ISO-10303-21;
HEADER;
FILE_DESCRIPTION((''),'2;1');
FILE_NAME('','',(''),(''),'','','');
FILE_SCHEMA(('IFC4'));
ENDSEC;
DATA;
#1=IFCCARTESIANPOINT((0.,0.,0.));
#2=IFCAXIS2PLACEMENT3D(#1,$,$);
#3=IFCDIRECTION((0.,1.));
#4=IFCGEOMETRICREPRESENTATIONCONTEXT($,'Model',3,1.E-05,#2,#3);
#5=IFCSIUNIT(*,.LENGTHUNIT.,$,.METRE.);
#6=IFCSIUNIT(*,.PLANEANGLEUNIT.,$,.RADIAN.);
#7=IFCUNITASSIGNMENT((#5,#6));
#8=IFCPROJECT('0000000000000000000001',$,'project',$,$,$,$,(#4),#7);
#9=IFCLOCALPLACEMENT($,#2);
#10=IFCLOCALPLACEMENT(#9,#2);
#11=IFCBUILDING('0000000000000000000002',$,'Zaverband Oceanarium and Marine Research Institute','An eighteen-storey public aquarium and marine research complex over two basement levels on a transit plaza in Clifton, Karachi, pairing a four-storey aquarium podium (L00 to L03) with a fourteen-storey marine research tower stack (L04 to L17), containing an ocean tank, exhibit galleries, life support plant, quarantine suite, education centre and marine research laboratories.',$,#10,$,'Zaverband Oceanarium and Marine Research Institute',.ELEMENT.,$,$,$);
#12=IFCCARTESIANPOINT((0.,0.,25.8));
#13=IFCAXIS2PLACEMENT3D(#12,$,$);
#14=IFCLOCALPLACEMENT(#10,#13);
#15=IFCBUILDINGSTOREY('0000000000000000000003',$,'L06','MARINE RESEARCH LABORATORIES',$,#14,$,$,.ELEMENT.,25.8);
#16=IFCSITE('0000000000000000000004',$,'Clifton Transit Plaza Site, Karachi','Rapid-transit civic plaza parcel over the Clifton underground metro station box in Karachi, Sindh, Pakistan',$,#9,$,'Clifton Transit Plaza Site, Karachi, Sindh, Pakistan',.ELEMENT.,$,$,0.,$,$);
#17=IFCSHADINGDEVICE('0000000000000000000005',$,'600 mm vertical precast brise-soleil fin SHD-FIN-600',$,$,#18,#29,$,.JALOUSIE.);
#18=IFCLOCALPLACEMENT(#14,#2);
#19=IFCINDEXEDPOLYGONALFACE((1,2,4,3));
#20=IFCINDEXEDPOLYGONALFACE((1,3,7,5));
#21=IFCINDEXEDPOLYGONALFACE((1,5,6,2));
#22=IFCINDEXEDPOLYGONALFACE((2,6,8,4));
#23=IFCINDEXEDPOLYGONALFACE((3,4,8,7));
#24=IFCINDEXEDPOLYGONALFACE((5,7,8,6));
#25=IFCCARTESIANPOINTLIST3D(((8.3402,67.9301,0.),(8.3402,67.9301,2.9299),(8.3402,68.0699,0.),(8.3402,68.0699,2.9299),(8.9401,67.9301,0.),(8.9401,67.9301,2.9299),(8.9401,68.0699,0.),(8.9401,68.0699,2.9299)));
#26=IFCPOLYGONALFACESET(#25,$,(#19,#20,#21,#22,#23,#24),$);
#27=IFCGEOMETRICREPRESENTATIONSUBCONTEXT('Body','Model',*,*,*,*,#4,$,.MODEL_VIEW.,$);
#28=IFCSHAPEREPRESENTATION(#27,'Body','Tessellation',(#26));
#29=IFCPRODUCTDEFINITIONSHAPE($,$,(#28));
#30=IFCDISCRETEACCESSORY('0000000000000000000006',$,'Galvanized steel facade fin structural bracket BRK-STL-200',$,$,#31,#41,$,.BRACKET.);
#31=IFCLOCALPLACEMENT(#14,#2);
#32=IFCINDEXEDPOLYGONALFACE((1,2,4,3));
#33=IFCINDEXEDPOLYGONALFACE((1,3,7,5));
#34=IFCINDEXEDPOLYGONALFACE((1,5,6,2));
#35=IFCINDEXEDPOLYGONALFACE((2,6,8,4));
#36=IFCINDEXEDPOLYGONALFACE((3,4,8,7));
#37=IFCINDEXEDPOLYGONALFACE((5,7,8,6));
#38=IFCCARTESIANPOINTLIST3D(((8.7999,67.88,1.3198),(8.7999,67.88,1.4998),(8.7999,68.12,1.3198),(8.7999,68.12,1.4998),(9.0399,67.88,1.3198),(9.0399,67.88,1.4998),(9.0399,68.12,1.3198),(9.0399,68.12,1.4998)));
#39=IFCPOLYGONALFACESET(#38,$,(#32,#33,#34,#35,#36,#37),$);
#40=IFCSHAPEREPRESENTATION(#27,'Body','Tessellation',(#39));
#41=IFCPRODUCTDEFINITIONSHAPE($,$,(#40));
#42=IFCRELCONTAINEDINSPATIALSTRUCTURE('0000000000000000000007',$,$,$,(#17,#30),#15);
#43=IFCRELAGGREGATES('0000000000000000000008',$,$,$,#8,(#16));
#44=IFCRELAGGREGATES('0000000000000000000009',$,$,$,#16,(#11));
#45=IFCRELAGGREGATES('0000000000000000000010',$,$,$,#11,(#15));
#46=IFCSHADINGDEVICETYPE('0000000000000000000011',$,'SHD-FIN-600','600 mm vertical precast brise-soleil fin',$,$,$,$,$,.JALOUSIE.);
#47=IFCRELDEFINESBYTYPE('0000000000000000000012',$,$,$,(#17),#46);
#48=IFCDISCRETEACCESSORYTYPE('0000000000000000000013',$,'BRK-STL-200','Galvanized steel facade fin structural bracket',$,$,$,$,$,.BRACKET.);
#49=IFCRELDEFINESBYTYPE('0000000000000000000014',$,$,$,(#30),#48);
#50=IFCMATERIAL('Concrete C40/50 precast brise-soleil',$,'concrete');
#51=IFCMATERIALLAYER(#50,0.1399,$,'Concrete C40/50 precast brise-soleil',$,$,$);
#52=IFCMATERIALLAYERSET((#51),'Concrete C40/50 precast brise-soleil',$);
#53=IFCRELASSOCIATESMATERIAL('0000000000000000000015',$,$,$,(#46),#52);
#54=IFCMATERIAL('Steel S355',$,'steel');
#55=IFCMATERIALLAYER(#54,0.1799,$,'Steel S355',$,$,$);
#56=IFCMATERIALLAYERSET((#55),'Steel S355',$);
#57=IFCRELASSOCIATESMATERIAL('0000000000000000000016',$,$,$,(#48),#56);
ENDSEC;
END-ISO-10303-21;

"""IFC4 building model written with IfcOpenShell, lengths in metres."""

from ifc_helpers import new_model, si_unit, direction, frame, frame_2d, origin, origin_2d, place, context, subcontext, project, spatial, rectangle, extrude, material, layer, layer_set, type_object, element, save


model = new_model("IFC4")

# Units and contexts
model_context = context("Model", 3, precision=1e-05, world=origin(), true_north=direction((0.0, 1.0)))
body_context = subcontext(model_context, "Body", "Model", "MODEL_VIEW")
ifc_project = project(units=[si_unit("LENGTHUNIT", "METRE"), si_unit("PLANEANGLEUNIT", "RADIAN")], contexts=[model_context])

# Site, building, storey
site_placement = place(None, origin())
site = spatial("IfcSite", under=ifc_project, at=site_placement, Name="Clifton Transit Plaza Site, Karachi", Description="Rapid-transit civic plaza parcel over the Clifton underground metro station box in Karachi, Sindh, Pakistan", LongName="Clifton Transit Plaza Site, Karachi, Sindh, Pakistan", CompositionType="ELEMENT", RefElevation=0.0)
building_placement = place(site_placement, origin())
building = spatial("IfcBuilding", under=site, at=building_placement, Name="Zaverband Oceanarium and Marine Research Institute", Description="An eighteen-storey public aquarium and marine research complex over two basement levels on a transit plaza in Clifton, Karachi, pairing a four-storey aquarium podium (L00 to L03) with a fourteen-storey marine research tower stack (L04 to L17), containing an ocean tank, exhibit galleries, life support plant, quarantine suite, education centre and marine research laboratories.", LongName="Zaverband Oceanarium and Marine Research Institute", CompositionType="ELEMENT")
storey_placement = place(building_placement, frame((0.0, 0.0, 25.8)))
storey = spatial("IfcBuildingStorey", under=building, at=storey_placement, Name="L06", Description="MARINE RESEARCH LABORATORIES", CompositionType="ELEMENT", Elevation=25.8)

# Shared definitions
ifc_material_1 = material(Name="Steel S355", Category="steel")

# Shading device
ifc_material_2 = material(Name="Concrete C40/50 precast brise-soleil", Category="concrete")
ifc_layer_1 = layer(ifc_material_2, 0.1399, Name="Concrete C40/50 precast brise-soleil")
ifc_layer_set_1 = layer_set([ifc_layer_1], Name="Concrete C40/50 precast brise-soleil")
shading_device_type = type_object("IfcShadingDeviceType", Name="SHD-FIN-600", Description="600 mm vertical precast brise-soleil fin", PredefinedType="JALOUSIE", material=ifc_layer_set_1)
shading_device_placement = place(storey_placement, frame((8.9399, 68.0, 0.0), z_axis=(0.0, 0.0, 1.0), x_axis=(-1.0, 0.0, 0.0)))
element("IfcShadingDevice", 1, at=shading_device_placement, inside=storey, type_object=shading_device_type, Name="600 mm vertical precast brise-soleil fin SHD-FIN-600", PredefinedType="JALOUSIE", context=body_context, shape_type="SweptSolid", body=[
    extrude(rectangle(XDim=0.5999, YDim=0.1399, at=frame_2d((0.2998, 0.0))), origin(), (0.0, 0.0, 1.0), 2.9299),
])

# Discrete accessory
ifc_layer_2 = layer(ifc_material_1, 0.1799, Name="Steel S355")
ifc_layer_set_2 = layer_set([ifc_layer_2], Name="Steel S355")
discrete_accessory_type = type_object("IfcDiscreteAccessoryType", Name="BRK-STL-200", Description="Galvanized steel facade fin structural bracket", PredefinedType="BRACKET", material=ifc_layer_set_2)
discrete_accessory_placement = place(storey_placement, frame((8.9199, 68.0, 1.3198), z_axis=(0.0, 0.0, 1.0), x_axis=(1.0, 0.0, 0.0)))
element("IfcDiscreteAccessory", 2, at=discrete_accessory_placement, inside=storey, type_object=discrete_accessory_type, Name="Galvanized steel facade fin structural bracket BRK-STL-200", PredefinedType="BRACKET", context=body_context, shape_type="SweptSolid", body=[
    extrude(rectangle(XDim=0.24, YDim=0.24, at=origin_2d()), origin(), (0.0, 0.0, 1.0), 0.1799),
])

save(model, "model.ifc")
